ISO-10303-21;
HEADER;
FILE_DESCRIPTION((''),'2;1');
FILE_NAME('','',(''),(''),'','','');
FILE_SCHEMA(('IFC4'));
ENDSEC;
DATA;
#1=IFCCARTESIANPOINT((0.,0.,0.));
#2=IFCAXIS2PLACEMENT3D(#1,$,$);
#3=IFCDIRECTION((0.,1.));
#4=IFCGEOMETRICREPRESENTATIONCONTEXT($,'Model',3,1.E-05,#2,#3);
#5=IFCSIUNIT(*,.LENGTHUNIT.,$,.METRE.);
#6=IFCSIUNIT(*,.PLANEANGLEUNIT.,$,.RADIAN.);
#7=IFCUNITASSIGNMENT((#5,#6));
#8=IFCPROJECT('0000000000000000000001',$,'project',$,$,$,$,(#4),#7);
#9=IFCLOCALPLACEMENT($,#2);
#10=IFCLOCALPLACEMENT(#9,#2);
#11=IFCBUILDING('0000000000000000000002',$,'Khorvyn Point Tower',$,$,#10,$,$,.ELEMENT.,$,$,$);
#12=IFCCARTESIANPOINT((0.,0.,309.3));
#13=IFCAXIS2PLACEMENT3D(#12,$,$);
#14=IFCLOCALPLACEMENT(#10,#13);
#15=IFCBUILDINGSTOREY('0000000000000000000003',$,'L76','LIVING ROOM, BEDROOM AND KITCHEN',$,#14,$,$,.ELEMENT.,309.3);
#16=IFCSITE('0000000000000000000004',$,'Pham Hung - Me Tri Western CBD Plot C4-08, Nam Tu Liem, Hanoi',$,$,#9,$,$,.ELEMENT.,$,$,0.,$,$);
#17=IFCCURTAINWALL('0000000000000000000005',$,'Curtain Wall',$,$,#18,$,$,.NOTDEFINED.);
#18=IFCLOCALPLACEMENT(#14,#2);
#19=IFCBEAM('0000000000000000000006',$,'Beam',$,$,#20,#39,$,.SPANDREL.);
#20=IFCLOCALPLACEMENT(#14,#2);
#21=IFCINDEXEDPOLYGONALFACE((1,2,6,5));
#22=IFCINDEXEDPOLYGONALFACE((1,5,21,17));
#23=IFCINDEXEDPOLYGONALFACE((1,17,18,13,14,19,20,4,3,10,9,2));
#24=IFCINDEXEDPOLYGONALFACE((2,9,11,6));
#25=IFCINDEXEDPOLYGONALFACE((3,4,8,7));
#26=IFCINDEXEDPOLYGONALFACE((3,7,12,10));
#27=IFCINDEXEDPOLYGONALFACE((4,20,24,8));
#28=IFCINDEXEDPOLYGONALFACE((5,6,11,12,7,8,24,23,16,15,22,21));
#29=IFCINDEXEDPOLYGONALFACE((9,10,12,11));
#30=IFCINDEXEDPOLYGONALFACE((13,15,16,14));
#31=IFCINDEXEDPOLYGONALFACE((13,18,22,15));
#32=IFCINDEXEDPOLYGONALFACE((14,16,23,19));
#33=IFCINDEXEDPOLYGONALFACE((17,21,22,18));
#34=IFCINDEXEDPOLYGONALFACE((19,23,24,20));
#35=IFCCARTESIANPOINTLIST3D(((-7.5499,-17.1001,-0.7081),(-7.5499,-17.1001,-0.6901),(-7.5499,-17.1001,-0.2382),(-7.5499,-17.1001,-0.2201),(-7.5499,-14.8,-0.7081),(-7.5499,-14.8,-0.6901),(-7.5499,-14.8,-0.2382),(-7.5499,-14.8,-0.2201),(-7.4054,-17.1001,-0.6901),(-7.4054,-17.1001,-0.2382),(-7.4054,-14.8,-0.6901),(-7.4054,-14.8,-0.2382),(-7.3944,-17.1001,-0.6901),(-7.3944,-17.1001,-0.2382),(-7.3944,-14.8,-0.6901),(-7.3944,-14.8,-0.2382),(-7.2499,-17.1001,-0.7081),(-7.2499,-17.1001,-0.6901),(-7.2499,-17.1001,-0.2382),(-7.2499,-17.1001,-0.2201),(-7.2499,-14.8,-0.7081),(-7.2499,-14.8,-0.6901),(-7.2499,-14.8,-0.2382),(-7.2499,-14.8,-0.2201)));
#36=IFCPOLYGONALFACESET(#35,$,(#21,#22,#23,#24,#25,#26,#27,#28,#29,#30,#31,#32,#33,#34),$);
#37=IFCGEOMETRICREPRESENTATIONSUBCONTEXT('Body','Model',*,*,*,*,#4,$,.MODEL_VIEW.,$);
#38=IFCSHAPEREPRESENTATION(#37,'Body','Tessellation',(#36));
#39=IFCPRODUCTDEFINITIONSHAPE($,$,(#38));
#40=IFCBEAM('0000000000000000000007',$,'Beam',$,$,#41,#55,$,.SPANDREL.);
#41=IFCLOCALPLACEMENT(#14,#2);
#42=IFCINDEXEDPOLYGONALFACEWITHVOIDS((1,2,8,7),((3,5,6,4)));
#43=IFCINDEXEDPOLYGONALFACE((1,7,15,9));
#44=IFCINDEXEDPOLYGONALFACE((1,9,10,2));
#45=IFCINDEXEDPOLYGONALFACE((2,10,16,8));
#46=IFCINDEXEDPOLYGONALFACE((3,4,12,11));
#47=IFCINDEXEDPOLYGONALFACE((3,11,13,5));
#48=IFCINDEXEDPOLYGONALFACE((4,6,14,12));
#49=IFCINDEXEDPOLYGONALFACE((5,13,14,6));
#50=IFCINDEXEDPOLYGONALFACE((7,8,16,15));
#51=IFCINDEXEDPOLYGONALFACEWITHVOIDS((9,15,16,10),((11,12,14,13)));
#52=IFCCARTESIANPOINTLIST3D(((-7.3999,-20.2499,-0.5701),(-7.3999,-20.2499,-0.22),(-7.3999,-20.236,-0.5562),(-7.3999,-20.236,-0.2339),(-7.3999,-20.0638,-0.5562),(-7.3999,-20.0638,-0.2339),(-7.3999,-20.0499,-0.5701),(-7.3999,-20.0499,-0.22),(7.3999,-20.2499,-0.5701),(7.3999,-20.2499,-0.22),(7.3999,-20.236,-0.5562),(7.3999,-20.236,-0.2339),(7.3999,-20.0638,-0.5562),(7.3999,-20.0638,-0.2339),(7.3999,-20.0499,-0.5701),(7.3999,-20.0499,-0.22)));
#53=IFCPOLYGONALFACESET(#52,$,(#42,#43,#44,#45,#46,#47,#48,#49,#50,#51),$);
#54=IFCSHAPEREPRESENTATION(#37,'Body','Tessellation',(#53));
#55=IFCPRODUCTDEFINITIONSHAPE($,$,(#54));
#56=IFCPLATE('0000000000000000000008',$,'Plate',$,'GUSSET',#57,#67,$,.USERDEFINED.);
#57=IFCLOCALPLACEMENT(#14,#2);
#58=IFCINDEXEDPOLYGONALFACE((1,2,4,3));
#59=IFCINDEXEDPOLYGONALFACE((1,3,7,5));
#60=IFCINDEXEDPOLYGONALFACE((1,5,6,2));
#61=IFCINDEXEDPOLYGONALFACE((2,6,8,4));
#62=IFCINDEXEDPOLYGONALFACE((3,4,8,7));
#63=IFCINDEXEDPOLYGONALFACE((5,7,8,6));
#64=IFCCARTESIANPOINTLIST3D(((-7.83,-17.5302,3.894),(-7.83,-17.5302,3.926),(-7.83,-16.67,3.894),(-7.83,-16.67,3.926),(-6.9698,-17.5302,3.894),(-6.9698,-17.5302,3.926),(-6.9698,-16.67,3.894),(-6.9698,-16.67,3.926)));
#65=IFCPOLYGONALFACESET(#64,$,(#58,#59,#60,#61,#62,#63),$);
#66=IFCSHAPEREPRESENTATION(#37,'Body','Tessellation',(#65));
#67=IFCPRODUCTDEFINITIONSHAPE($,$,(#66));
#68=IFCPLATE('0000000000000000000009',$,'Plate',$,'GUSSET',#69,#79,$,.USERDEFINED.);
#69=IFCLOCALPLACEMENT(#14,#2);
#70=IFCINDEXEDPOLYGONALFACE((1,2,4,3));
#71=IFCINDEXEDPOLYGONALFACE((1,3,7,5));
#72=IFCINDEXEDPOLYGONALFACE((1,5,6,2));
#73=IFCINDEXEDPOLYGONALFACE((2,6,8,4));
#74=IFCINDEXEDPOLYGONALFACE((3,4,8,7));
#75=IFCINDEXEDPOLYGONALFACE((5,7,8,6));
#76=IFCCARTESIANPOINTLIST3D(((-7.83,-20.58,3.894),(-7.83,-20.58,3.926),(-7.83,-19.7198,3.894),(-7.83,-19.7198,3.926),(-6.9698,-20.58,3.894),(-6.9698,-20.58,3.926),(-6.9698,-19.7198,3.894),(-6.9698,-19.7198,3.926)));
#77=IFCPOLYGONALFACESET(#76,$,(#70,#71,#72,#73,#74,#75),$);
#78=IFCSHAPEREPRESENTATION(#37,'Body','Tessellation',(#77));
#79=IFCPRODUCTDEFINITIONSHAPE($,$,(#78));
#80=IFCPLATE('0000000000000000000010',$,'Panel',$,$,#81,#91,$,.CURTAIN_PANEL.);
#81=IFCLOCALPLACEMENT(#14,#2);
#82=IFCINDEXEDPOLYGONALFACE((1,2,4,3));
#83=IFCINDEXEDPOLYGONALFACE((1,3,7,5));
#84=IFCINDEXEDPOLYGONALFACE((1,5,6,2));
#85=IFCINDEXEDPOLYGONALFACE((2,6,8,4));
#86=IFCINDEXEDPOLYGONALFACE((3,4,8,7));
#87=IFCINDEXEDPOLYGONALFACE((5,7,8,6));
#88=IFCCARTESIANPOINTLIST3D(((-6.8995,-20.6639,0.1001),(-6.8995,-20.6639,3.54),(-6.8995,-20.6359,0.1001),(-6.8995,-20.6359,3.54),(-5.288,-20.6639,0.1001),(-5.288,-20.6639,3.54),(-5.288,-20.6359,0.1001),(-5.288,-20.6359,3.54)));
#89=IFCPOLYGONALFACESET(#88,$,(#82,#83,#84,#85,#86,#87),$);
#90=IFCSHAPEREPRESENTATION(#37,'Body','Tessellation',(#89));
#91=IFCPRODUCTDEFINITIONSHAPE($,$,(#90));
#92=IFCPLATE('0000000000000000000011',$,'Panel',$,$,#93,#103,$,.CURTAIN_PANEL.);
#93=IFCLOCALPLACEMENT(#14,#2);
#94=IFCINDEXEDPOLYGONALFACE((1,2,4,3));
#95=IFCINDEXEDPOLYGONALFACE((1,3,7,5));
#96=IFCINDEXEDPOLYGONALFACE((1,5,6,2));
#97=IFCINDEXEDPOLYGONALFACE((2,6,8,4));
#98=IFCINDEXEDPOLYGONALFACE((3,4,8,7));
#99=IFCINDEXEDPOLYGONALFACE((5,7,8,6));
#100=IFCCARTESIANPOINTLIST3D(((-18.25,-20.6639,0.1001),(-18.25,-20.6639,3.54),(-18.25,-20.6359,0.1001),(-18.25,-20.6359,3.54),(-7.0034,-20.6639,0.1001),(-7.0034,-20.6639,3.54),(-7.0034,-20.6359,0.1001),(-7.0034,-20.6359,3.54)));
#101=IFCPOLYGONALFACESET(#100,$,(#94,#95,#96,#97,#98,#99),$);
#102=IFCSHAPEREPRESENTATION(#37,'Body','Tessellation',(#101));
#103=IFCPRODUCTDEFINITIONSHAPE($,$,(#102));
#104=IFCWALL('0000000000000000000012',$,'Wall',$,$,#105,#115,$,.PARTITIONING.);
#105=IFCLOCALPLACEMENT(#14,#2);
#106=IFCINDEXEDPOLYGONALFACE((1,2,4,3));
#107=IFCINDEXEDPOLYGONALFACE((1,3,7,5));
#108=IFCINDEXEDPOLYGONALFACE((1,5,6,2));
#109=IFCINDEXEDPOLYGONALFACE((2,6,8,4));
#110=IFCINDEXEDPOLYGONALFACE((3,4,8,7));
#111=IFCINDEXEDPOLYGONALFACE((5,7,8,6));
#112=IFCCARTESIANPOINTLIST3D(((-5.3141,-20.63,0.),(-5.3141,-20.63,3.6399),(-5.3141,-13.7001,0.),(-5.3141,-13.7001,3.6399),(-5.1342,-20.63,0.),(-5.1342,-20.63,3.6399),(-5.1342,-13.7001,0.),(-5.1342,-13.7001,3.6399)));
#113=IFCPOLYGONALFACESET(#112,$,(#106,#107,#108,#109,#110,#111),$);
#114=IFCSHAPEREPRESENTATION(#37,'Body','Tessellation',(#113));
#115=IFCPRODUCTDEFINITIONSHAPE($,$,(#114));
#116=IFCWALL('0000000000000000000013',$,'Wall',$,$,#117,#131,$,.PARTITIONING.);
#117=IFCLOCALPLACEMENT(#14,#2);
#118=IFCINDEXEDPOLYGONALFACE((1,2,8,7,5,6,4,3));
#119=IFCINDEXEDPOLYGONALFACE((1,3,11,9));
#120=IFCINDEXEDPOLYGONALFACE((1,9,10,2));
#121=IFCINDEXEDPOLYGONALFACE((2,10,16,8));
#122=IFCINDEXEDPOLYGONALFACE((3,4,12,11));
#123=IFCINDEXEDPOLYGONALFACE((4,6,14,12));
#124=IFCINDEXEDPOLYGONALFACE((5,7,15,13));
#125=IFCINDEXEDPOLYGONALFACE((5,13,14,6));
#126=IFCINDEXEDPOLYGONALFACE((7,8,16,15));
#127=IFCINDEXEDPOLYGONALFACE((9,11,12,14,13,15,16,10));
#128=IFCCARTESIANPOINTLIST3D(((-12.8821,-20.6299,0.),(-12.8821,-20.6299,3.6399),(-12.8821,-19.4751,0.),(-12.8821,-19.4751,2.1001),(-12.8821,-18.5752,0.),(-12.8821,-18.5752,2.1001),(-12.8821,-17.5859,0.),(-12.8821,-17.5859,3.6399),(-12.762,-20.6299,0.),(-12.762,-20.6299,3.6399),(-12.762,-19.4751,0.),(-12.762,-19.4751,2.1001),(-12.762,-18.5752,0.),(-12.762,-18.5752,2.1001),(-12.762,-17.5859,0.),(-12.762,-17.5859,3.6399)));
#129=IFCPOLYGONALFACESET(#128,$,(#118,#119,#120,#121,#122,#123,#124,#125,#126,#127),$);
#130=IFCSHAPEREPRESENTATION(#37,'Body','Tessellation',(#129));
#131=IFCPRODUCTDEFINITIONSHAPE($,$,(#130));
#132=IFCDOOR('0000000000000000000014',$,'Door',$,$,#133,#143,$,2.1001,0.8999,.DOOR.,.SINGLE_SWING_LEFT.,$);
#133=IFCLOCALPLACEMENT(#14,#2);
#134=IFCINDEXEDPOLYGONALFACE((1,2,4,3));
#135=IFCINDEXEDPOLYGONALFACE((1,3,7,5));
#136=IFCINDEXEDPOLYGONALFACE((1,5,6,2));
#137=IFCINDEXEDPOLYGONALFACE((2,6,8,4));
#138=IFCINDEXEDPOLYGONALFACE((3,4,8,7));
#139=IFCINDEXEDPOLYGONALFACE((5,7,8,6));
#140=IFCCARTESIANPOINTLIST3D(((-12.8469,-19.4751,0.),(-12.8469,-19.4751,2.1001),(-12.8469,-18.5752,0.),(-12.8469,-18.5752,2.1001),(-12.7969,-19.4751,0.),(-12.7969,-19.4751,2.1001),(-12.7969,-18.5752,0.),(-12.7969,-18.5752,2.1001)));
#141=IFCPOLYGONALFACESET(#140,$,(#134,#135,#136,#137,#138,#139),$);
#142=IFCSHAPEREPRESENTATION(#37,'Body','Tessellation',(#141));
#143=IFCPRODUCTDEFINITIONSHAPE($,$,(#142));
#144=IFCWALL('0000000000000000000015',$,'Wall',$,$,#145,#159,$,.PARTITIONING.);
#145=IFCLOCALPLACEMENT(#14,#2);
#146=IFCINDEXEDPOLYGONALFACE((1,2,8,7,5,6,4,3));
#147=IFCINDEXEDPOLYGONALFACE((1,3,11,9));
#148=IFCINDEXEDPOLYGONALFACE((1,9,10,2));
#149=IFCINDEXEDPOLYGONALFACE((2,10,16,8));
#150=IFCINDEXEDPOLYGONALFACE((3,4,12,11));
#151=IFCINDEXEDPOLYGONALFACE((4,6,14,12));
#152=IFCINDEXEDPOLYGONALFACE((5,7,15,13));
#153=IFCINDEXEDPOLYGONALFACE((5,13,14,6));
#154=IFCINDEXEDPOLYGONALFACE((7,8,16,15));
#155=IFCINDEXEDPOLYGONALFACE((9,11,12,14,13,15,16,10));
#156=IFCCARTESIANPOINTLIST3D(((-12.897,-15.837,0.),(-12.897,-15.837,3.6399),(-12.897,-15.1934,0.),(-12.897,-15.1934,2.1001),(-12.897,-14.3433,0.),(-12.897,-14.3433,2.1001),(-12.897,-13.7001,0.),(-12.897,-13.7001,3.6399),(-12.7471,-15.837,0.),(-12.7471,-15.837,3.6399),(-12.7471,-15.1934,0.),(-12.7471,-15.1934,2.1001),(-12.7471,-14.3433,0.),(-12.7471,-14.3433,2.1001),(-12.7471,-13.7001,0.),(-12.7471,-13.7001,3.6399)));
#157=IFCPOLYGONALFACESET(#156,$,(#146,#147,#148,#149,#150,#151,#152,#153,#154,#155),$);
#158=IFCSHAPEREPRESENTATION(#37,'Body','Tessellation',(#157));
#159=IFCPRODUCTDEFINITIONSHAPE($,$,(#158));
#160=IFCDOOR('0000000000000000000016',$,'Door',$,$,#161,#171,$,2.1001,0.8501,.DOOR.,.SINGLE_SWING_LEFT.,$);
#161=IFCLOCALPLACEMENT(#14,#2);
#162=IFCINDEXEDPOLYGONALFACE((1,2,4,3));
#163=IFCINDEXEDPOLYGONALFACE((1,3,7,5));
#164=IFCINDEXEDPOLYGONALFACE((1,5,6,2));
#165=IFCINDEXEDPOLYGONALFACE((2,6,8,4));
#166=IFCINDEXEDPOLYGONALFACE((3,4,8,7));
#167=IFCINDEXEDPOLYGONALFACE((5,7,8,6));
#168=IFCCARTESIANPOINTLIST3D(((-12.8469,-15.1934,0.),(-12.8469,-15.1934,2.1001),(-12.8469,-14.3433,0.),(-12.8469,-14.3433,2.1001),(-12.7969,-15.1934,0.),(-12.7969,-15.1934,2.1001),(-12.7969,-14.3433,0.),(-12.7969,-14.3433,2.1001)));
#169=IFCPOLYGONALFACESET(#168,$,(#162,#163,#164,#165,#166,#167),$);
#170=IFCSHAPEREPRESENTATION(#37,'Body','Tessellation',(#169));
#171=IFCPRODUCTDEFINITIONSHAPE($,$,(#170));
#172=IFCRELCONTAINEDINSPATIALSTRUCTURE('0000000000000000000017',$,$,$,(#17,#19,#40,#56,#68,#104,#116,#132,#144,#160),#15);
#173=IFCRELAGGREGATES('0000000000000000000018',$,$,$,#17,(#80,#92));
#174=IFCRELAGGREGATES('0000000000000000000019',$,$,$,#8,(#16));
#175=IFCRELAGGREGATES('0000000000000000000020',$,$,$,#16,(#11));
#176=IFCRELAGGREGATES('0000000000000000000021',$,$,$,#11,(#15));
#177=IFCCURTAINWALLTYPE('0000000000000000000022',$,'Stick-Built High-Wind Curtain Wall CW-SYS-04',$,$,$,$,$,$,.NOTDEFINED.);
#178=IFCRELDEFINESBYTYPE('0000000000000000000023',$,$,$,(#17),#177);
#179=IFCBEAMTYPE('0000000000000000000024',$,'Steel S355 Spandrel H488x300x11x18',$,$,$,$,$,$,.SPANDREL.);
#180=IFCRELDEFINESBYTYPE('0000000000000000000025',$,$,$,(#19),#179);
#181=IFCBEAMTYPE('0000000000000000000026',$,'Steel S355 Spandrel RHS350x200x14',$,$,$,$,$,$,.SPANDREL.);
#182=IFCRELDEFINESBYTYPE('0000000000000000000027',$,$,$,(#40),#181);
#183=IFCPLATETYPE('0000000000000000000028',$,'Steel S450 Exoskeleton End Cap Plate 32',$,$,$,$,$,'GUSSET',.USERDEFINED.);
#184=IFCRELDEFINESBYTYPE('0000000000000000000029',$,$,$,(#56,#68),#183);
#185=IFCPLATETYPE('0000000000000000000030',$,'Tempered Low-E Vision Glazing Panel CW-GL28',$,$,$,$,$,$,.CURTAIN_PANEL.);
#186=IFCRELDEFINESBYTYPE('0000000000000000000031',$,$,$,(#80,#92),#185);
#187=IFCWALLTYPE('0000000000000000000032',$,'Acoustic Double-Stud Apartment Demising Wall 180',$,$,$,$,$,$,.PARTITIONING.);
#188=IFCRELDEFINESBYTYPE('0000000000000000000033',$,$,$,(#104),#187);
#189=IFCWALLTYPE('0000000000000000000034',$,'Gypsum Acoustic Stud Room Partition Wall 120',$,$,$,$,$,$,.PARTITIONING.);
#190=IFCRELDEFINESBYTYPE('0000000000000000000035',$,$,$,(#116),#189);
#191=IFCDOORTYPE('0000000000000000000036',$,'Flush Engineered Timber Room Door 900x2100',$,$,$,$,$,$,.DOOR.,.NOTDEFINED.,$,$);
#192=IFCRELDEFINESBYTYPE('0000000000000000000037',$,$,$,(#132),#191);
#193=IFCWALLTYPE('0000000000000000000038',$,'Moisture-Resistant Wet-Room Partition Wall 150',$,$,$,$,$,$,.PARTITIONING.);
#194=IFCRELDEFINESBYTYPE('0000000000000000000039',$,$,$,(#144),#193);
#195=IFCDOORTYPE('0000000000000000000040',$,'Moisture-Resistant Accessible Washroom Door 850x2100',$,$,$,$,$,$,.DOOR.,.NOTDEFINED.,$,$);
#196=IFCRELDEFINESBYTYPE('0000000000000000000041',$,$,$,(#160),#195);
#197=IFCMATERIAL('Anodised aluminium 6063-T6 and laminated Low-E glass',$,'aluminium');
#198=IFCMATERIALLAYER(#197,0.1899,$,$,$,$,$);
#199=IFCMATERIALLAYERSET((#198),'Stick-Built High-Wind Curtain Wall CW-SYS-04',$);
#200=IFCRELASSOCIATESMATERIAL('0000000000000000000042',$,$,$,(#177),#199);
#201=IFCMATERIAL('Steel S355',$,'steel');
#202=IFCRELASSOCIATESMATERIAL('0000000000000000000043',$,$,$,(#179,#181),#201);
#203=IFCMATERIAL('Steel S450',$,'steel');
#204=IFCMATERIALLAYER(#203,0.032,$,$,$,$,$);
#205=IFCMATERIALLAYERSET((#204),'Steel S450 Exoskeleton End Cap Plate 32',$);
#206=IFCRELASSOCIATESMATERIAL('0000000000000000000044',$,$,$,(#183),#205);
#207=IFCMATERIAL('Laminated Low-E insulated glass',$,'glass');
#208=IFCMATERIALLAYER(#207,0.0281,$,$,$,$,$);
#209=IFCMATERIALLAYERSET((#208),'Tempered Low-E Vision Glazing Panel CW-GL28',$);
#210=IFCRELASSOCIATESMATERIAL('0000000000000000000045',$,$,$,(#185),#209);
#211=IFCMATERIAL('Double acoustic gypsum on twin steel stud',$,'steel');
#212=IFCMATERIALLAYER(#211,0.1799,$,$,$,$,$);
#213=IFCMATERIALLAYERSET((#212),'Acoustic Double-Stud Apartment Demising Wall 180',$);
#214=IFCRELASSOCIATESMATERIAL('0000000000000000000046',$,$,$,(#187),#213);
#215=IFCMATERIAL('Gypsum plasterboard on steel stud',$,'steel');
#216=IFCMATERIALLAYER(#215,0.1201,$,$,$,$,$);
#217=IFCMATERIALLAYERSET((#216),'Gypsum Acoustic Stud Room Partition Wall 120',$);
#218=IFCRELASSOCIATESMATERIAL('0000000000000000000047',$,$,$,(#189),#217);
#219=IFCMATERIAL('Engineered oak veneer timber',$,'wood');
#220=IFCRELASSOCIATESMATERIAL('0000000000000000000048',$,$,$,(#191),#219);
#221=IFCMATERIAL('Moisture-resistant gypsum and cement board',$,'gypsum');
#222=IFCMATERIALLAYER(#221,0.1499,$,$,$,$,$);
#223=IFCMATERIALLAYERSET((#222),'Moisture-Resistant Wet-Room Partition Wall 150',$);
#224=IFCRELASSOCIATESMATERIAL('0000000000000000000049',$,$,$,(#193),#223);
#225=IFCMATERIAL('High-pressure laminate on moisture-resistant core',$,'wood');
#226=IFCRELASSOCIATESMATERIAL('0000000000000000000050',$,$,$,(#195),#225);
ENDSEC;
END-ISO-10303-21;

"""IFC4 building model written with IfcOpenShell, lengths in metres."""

from ifc_helpers import new_model, si_unit, direction, frame, frame_2d, origin, origin_2d, place, context, subcontext, project, spatial, rectangle, hollow_rectangle, i_section, extrude, material, layer, layer_set, material_profile, profile_set, type_object, element, fill, aggregate, save


model = new_model("IFC4")

# Units and contexts
model_context = context("Model", 3, precision=1e-05, world=origin(), true_north=direction((0.0, 1.0)))
body_context = subcontext(model_context, "Body", "Model", "MODEL_VIEW")
ifc_project = project(units=[si_unit("LENGTHUNIT", "METRE"), si_unit("PLANEANGLEUNIT", "RADIAN")], contexts=[model_context])

# Site, building, storey
site_placement = place(None, origin())
site = spatial("IfcSite", under=ifc_project, at=site_placement, Name="Pham Hung - Me Tri Western CBD Plot C4-08, Nam Tu Liem, Hanoi", CompositionType="ELEMENT", RefElevation=0.0)
building_placement = place(site_placement, origin())
building = spatial("IfcBuilding", under=site, at=building_placement, Name="Khorvyn Point Tower", CompositionType="ELEMENT")
storey_placement = place(building_placement, frame((0.0, 0.0, 309.3)))
storey = spatial("IfcBuildingStorey", under=building, at=storey_placement, Name="L76", Description="LIVING ROOM, BEDROOM AND KITCHEN", CompositionType="ELEMENT", Elevation=309.3)

# Shared definitions
ifc_material_1 = material(Name="Steel S355", Category="steel")
ifc_material_2 = material(Name="Steel S450", Category="steel")

# Curtain wall
ifc_material_3 = material(Name="Anodised aluminium 6063-T6 and laminated Low-E glass", Category="aluminium")
ifc_layer_1 = layer(ifc_material_3, 0.1899)
ifc_layer_set_1 = layer_set([ifc_layer_1], Name="Stick-Built High-Wind Curtain Wall CW-SYS-04")
curtain_wall_type = type_object("IfcCurtainWallType", Name="Stick-Built High-Wind Curtain Wall CW-SYS-04", PredefinedType="NOTDEFINED", material=ifc_layer_set_1)
curtain_wall_placement = place(storey_placement, origin())
curtain_wall = element("IfcCurtainWall", 1, at=curtain_wall_placement, inside=storey, type_object=curtain_wall_type, Name="Curtain Wall", PredefinedType="NOTDEFINED")

# Beams
ifc_material_profile_1 = material_profile(ifc_material_1, i_section(OverallWidth=0.3, OverallDepth=0.488, WebThickness=0.011, FlangeThickness=0.0181, at=origin_2d()))
ifc_profile_set_1 = profile_set([ifc_material_profile_1], Name="Steel S355 H488x300x11x18")
beam_type_1 = type_object("IfcBeamType", Name="Steel S355 Spandrel H488x300x11x18", PredefinedType="SPANDREL", material=ifc_profile_set_1)
beam_1_placement = place(storey_placement, frame((-7.3999, -17.1001, -0.4641), z_axis=(0.0, 1.0, 0.0), x_axis=(-1.0, 0.0, 0.0)))
element("IfcBeam", 2, at=beam_1_placement, inside=storey, type_object=beam_type_1, Name="Beam", PredefinedType="SPANDREL", context=body_context, shape_type="SweptSolid", body=[
    extrude(i_section(OverallWidth=0.3, OverallDepth=0.488, WebThickness=0.011, FlangeThickness=0.0181, at=origin_2d()), origin(), (0.0, 0.0, 1.0), 2.3),
])
ifc_material_profile_2 = material_profile(ifc_material_1, hollow_rectangle(XDim=0.2, YDim=0.3501, WallThickness=0.0139, at=origin_2d()))
ifc_profile_set_2 = profile_set([ifc_material_profile_2], Name="Steel S355 RHS350x200x14")
beam_type_2 = type_object("IfcBeamType", Name="Steel S355 Spandrel RHS350x200x14", PredefinedType="SPANDREL", material=ifc_profile_set_2)
beam_2_placement = place(storey_placement, frame((-7.3999, -20.1499, -0.395), z_axis=(1.0, 0.0, 0.0), x_axis=(0.0, 1.0, 0.0)))
element("IfcBeam", 3, at=beam_2_placement, inside=storey, type_object=beam_type_2, Name="Beam", PredefinedType="SPANDREL", context=body_context, shape_type="SweptSolid", body=[
    extrude(hollow_rectangle(XDim=0.2, YDim=0.3501, WallThickness=0.0139, at=origin_2d()), origin(), (0.0, 0.0, 1.0), 14.7998),
])

# Plates
ifc_layer_2 = layer(ifc_material_2, 0.032)
ifc_layer_set_2 = layer_set([ifc_layer_2], Name="Steel S450 Exoskeleton End Cap Plate 32")
plate_type_1 = type_object("IfcPlateType", Name="Steel S450 Exoskeleton End Cap Plate 32", ElementType="GUSSET", PredefinedType="USERDEFINED", material=ifc_layer_set_2)
for number, where, z_axis, x_axis, name in (
    (4, (-7.3999, -17.1001, 3.894), (0.0, 0.0, 1.0), (1.0, 0.0, 0.0), "Plate"),
    (5, (-7.3999, -20.1499, 3.894), (0.0, 0.0, 1.0), (1.0, 0.0, 0.0), "Plate"),
):
    element("IfcPlate", number, at=place(storey_placement, frame(where, z_axis=z_axis, x_axis=x_axis)), inside=storey, type_object=plate_type_1, Name=name, ObjectType="GUSSET", PredefinedType="USERDEFINED", context=body_context, shape_type="SweptSolid", body=[
        extrude(rectangle(XDim=0.8601, YDim=0.8601, at=origin_2d()), origin(), (0.0, 0.0, 1.0), 0.032),
    ])

# Plates
ifc_material_4 = material(Name="Laminated Low-E insulated glass", Category="glass")
ifc_layer_3 = layer(ifc_material_4, 0.0281)
ifc_layer_set_3 = layer_set([ifc_layer_3], Name="Tempered Low-E Vision Glazing Panel CW-GL28")
plate_type_2 = type_object("IfcPlateType", Name="Tempered Low-E Vision Glazing Panel CW-GL28", PredefinedType="CURTAIN_PANEL", material=ifc_layer_set_3)
plate_1_placement = place(storey_placement, frame((-6.0938, -20.6499, 0.1001), z_axis=(0.0, 0.0, 1.0), x_axis=(-1.0, 0.0, 0.0)))
plate_1 = element("IfcPlate", 6, at=plate_1_placement, type_object=plate_type_2, Name="Panel", PredefinedType="CURTAIN_PANEL", context=body_context, shape_type="SweptSolid", body=[
    extrude(rectangle(XDim=1.6116, YDim=0.0281, at=origin_2d()), origin(), (0.0, 0.0, 1.0), 3.4399),
])
plate_2_placement = place(storey_placement, frame((-12.6267, -20.6499, 0.1001), z_axis=(0.0, 0.0, 1.0), x_axis=(-1.0, 0.0, 0.0)))
plate_2 = element("IfcPlate", 7, at=plate_2_placement, type_object=plate_type_2, Name="Panel", PredefinedType="CURTAIN_PANEL", context=body_context, shape_type="SweptSolid", body=[
    extrude(rectangle(XDim=11.2466, YDim=0.0281, at=origin_2d()), origin(), (0.0, 0.0, 1.0), 3.4399),
])
aggregate(curtain_wall, [plate_1, plate_2])

# Wall
ifc_material_5 = material(Name="Double acoustic gypsum on twin steel stud", Category="steel")
ifc_layer_4 = layer(ifc_material_5, 0.1799)
ifc_layer_set_4 = layer_set([ifc_layer_4], Name="Acoustic Double-Stud Apartment Demising Wall 180")
wall_type_1 = type_object("IfcWallType", Name="Acoustic Double-Stud Apartment Demising Wall 180", PredefinedType="PARTITIONING", material=ifc_layer_set_4)
wall_1_placement = place(storey_placement, frame((-5.2241, -20.6299, 0.0), z_axis=(0.0, 0.0, 1.0), x_axis=(0.0, 1.0, 0.0)))
element("IfcWall", 8, at=wall_1_placement, inside=storey, type_object=wall_type_1, Name="Wall", PredefinedType="PARTITIONING", context=body_context, shape_type="SweptSolid", body=[
    extrude(rectangle(XDim=6.9299, YDim=0.1799, at=frame_2d((3.4648, 0.0))), origin(), (0.0, 0.0, 1.0), 3.6399),
])

# Walls, openings, doors
ifc_material_6 = material(Name="Gypsum plasterboard on steel stud", Category="steel")
ifc_layer_5 = layer(ifc_material_6, 0.1201)
ifc_layer_set_5 = layer_set([ifc_layer_5], Name="Gypsum Acoustic Stud Room Partition Wall 120")
wall_type_2 = type_object("IfcWallType", Name="Gypsum Acoustic Stud Room Partition Wall 120", PredefinedType="PARTITIONING", material=ifc_layer_set_5)
wall_2_placement = place(storey_placement, frame((-12.822, -20.6299, 0.0), z_axis=(0.0, 0.0, 1.0), x_axis=(0.0, 1.0, 0.0)))
wall_2 = element("IfcWall", 9, at=wall_2_placement, inside=storey, type_object=wall_type_2, Name="Wall", PredefinedType="PARTITIONING", context=body_context, shape_type="SweptSolid", body=[
    extrude(rectangle(XDim=3.0439, YDim=0.1201, at=frame_2d((1.522, 0.0))), origin(), (0.0, 0.0, 1.0), 3.6399),
])
opening_1_placement = place(wall_2_placement, frame((1.1548, 0.0, 0.0)))
opening_1 = element("IfcOpeningElement", 10, at=opening_1_placement, cuts=wall_2, PredefinedType="OPENING", context=body_context, shape_type="SweptSolid", body=[
    extrude(rectangle(XDim=0.8999, YDim=2.1001, at=frame_2d((0.45, 1.05))), frame((0.0, 0.0701, 0.0), z_axis=(0.0, -1.0, 0.0), x_axis=(1.0, 0.0, 0.0)), (0.0, 0.0, 1.0), 0.1401),
])
ifc_material_7 = material(Name="Engineered oak veneer timber", Category="wood")
door_type_1 = type_object("IfcDoorType", Name="Flush Engineered Timber Room Door 900x2100", OperationType="NOTDEFINED", PredefinedType="DOOR", material=ifc_material_7)
door_1_placement = place(opening_1_placement, origin())
door_1 = element("IfcDoor", 11, at=door_1_placement, inside=storey, type_object=door_type_1, Name="Door", OperationType="SINGLE_SWING_LEFT", OverallHeight=2.1001, OverallWidth=0.8999, PredefinedType="DOOR", context=body_context, shape_type="SweptSolid", body=[
    extrude(rectangle(XDim=0.8999, YDim=2.1001, at=frame_2d((0.45, 1.05))), frame((0.0, 0.0249, 0.0), z_axis=(0.0, -1.0, 0.0), x_axis=(1.0, 0.0, 0.0)), (0.0, 0.0, 1.0), 0.05),
])
fill(opening_1, door_1)
ifc_material_8 = material(Name="Moisture-resistant gypsum and cement board", Category="gypsum")
ifc_layer_6 = layer(ifc_material_8, 0.1499)
ifc_layer_set_6 = layer_set([ifc_layer_6], Name="Moisture-Resistant Wet-Room Partition Wall 150")
wall_type_3 = type_object("IfcWallType", Name="Moisture-Resistant Wet-Room Partition Wall 150", PredefinedType="PARTITIONING", material=ifc_layer_set_6)
wall_3_placement = place(storey_placement, frame((-12.822, -15.8369, 0.0), z_axis=(0.0, 0.0, 1.0), x_axis=(0.0, 1.0, 0.0)))
wall_3 = element("IfcWall", 12, at=wall_3_placement, inside=storey, type_object=wall_type_3, Name="Wall", PredefinedType="PARTITIONING", context=body_context, shape_type="SweptSolid", body=[
    extrude(rectangle(XDim=2.137, YDim=0.1499, at=frame_2d((1.0684, 0.0))), origin(), (0.0, 0.0, 1.0), 3.6399),
])
opening_2_placement = place(wall_3_placement, frame((0.6436, 0.0, 0.0)))
opening_2 = element("IfcOpeningElement", 13, at=opening_2_placement, cuts=wall_3, PredefinedType="OPENING", context=body_context, shape_type="SweptSolid", body=[
    extrude(rectangle(XDim=0.8501, YDim=2.1001, at=frame_2d((0.425, 1.05))), frame((0.0, 0.085, 0.0), z_axis=(0.0, -1.0, 0.0), x_axis=(1.0, 0.0, 0.0)), (0.0, 0.0, 1.0), 0.1699),
])
ifc_material_9 = material(Name="High-pressure laminate on moisture-resistant core", Category="wood")
door_type_2 = type_object("IfcDoorType", Name="Moisture-Resistant Accessible Washroom Door 850x2100", OperationType="NOTDEFINED", PredefinedType="DOOR", material=ifc_material_9)
door_2_placement = place(opening_2_placement, origin())
door_2 = element("IfcDoor", 14, at=door_2_placement, inside=storey, type_object=door_type_2, Name="Door", OperationType="SINGLE_SWING_LEFT", OverallHeight=2.1001, OverallWidth=0.8501, PredefinedType="DOOR", context=body_context, shape_type="SweptSolid", body=[
    extrude(rectangle(XDim=0.8501, YDim=2.1001, at=frame_2d((0.425, 1.05))), frame((0.0, 0.0249, 0.0), z_axis=(0.0, -1.0, 0.0), x_axis=(1.0, 0.0, 0.0)), (0.0, 0.0, 1.0), 0.05),
])
fill(opening_2, door_2)

save(model, "model.ifc")
